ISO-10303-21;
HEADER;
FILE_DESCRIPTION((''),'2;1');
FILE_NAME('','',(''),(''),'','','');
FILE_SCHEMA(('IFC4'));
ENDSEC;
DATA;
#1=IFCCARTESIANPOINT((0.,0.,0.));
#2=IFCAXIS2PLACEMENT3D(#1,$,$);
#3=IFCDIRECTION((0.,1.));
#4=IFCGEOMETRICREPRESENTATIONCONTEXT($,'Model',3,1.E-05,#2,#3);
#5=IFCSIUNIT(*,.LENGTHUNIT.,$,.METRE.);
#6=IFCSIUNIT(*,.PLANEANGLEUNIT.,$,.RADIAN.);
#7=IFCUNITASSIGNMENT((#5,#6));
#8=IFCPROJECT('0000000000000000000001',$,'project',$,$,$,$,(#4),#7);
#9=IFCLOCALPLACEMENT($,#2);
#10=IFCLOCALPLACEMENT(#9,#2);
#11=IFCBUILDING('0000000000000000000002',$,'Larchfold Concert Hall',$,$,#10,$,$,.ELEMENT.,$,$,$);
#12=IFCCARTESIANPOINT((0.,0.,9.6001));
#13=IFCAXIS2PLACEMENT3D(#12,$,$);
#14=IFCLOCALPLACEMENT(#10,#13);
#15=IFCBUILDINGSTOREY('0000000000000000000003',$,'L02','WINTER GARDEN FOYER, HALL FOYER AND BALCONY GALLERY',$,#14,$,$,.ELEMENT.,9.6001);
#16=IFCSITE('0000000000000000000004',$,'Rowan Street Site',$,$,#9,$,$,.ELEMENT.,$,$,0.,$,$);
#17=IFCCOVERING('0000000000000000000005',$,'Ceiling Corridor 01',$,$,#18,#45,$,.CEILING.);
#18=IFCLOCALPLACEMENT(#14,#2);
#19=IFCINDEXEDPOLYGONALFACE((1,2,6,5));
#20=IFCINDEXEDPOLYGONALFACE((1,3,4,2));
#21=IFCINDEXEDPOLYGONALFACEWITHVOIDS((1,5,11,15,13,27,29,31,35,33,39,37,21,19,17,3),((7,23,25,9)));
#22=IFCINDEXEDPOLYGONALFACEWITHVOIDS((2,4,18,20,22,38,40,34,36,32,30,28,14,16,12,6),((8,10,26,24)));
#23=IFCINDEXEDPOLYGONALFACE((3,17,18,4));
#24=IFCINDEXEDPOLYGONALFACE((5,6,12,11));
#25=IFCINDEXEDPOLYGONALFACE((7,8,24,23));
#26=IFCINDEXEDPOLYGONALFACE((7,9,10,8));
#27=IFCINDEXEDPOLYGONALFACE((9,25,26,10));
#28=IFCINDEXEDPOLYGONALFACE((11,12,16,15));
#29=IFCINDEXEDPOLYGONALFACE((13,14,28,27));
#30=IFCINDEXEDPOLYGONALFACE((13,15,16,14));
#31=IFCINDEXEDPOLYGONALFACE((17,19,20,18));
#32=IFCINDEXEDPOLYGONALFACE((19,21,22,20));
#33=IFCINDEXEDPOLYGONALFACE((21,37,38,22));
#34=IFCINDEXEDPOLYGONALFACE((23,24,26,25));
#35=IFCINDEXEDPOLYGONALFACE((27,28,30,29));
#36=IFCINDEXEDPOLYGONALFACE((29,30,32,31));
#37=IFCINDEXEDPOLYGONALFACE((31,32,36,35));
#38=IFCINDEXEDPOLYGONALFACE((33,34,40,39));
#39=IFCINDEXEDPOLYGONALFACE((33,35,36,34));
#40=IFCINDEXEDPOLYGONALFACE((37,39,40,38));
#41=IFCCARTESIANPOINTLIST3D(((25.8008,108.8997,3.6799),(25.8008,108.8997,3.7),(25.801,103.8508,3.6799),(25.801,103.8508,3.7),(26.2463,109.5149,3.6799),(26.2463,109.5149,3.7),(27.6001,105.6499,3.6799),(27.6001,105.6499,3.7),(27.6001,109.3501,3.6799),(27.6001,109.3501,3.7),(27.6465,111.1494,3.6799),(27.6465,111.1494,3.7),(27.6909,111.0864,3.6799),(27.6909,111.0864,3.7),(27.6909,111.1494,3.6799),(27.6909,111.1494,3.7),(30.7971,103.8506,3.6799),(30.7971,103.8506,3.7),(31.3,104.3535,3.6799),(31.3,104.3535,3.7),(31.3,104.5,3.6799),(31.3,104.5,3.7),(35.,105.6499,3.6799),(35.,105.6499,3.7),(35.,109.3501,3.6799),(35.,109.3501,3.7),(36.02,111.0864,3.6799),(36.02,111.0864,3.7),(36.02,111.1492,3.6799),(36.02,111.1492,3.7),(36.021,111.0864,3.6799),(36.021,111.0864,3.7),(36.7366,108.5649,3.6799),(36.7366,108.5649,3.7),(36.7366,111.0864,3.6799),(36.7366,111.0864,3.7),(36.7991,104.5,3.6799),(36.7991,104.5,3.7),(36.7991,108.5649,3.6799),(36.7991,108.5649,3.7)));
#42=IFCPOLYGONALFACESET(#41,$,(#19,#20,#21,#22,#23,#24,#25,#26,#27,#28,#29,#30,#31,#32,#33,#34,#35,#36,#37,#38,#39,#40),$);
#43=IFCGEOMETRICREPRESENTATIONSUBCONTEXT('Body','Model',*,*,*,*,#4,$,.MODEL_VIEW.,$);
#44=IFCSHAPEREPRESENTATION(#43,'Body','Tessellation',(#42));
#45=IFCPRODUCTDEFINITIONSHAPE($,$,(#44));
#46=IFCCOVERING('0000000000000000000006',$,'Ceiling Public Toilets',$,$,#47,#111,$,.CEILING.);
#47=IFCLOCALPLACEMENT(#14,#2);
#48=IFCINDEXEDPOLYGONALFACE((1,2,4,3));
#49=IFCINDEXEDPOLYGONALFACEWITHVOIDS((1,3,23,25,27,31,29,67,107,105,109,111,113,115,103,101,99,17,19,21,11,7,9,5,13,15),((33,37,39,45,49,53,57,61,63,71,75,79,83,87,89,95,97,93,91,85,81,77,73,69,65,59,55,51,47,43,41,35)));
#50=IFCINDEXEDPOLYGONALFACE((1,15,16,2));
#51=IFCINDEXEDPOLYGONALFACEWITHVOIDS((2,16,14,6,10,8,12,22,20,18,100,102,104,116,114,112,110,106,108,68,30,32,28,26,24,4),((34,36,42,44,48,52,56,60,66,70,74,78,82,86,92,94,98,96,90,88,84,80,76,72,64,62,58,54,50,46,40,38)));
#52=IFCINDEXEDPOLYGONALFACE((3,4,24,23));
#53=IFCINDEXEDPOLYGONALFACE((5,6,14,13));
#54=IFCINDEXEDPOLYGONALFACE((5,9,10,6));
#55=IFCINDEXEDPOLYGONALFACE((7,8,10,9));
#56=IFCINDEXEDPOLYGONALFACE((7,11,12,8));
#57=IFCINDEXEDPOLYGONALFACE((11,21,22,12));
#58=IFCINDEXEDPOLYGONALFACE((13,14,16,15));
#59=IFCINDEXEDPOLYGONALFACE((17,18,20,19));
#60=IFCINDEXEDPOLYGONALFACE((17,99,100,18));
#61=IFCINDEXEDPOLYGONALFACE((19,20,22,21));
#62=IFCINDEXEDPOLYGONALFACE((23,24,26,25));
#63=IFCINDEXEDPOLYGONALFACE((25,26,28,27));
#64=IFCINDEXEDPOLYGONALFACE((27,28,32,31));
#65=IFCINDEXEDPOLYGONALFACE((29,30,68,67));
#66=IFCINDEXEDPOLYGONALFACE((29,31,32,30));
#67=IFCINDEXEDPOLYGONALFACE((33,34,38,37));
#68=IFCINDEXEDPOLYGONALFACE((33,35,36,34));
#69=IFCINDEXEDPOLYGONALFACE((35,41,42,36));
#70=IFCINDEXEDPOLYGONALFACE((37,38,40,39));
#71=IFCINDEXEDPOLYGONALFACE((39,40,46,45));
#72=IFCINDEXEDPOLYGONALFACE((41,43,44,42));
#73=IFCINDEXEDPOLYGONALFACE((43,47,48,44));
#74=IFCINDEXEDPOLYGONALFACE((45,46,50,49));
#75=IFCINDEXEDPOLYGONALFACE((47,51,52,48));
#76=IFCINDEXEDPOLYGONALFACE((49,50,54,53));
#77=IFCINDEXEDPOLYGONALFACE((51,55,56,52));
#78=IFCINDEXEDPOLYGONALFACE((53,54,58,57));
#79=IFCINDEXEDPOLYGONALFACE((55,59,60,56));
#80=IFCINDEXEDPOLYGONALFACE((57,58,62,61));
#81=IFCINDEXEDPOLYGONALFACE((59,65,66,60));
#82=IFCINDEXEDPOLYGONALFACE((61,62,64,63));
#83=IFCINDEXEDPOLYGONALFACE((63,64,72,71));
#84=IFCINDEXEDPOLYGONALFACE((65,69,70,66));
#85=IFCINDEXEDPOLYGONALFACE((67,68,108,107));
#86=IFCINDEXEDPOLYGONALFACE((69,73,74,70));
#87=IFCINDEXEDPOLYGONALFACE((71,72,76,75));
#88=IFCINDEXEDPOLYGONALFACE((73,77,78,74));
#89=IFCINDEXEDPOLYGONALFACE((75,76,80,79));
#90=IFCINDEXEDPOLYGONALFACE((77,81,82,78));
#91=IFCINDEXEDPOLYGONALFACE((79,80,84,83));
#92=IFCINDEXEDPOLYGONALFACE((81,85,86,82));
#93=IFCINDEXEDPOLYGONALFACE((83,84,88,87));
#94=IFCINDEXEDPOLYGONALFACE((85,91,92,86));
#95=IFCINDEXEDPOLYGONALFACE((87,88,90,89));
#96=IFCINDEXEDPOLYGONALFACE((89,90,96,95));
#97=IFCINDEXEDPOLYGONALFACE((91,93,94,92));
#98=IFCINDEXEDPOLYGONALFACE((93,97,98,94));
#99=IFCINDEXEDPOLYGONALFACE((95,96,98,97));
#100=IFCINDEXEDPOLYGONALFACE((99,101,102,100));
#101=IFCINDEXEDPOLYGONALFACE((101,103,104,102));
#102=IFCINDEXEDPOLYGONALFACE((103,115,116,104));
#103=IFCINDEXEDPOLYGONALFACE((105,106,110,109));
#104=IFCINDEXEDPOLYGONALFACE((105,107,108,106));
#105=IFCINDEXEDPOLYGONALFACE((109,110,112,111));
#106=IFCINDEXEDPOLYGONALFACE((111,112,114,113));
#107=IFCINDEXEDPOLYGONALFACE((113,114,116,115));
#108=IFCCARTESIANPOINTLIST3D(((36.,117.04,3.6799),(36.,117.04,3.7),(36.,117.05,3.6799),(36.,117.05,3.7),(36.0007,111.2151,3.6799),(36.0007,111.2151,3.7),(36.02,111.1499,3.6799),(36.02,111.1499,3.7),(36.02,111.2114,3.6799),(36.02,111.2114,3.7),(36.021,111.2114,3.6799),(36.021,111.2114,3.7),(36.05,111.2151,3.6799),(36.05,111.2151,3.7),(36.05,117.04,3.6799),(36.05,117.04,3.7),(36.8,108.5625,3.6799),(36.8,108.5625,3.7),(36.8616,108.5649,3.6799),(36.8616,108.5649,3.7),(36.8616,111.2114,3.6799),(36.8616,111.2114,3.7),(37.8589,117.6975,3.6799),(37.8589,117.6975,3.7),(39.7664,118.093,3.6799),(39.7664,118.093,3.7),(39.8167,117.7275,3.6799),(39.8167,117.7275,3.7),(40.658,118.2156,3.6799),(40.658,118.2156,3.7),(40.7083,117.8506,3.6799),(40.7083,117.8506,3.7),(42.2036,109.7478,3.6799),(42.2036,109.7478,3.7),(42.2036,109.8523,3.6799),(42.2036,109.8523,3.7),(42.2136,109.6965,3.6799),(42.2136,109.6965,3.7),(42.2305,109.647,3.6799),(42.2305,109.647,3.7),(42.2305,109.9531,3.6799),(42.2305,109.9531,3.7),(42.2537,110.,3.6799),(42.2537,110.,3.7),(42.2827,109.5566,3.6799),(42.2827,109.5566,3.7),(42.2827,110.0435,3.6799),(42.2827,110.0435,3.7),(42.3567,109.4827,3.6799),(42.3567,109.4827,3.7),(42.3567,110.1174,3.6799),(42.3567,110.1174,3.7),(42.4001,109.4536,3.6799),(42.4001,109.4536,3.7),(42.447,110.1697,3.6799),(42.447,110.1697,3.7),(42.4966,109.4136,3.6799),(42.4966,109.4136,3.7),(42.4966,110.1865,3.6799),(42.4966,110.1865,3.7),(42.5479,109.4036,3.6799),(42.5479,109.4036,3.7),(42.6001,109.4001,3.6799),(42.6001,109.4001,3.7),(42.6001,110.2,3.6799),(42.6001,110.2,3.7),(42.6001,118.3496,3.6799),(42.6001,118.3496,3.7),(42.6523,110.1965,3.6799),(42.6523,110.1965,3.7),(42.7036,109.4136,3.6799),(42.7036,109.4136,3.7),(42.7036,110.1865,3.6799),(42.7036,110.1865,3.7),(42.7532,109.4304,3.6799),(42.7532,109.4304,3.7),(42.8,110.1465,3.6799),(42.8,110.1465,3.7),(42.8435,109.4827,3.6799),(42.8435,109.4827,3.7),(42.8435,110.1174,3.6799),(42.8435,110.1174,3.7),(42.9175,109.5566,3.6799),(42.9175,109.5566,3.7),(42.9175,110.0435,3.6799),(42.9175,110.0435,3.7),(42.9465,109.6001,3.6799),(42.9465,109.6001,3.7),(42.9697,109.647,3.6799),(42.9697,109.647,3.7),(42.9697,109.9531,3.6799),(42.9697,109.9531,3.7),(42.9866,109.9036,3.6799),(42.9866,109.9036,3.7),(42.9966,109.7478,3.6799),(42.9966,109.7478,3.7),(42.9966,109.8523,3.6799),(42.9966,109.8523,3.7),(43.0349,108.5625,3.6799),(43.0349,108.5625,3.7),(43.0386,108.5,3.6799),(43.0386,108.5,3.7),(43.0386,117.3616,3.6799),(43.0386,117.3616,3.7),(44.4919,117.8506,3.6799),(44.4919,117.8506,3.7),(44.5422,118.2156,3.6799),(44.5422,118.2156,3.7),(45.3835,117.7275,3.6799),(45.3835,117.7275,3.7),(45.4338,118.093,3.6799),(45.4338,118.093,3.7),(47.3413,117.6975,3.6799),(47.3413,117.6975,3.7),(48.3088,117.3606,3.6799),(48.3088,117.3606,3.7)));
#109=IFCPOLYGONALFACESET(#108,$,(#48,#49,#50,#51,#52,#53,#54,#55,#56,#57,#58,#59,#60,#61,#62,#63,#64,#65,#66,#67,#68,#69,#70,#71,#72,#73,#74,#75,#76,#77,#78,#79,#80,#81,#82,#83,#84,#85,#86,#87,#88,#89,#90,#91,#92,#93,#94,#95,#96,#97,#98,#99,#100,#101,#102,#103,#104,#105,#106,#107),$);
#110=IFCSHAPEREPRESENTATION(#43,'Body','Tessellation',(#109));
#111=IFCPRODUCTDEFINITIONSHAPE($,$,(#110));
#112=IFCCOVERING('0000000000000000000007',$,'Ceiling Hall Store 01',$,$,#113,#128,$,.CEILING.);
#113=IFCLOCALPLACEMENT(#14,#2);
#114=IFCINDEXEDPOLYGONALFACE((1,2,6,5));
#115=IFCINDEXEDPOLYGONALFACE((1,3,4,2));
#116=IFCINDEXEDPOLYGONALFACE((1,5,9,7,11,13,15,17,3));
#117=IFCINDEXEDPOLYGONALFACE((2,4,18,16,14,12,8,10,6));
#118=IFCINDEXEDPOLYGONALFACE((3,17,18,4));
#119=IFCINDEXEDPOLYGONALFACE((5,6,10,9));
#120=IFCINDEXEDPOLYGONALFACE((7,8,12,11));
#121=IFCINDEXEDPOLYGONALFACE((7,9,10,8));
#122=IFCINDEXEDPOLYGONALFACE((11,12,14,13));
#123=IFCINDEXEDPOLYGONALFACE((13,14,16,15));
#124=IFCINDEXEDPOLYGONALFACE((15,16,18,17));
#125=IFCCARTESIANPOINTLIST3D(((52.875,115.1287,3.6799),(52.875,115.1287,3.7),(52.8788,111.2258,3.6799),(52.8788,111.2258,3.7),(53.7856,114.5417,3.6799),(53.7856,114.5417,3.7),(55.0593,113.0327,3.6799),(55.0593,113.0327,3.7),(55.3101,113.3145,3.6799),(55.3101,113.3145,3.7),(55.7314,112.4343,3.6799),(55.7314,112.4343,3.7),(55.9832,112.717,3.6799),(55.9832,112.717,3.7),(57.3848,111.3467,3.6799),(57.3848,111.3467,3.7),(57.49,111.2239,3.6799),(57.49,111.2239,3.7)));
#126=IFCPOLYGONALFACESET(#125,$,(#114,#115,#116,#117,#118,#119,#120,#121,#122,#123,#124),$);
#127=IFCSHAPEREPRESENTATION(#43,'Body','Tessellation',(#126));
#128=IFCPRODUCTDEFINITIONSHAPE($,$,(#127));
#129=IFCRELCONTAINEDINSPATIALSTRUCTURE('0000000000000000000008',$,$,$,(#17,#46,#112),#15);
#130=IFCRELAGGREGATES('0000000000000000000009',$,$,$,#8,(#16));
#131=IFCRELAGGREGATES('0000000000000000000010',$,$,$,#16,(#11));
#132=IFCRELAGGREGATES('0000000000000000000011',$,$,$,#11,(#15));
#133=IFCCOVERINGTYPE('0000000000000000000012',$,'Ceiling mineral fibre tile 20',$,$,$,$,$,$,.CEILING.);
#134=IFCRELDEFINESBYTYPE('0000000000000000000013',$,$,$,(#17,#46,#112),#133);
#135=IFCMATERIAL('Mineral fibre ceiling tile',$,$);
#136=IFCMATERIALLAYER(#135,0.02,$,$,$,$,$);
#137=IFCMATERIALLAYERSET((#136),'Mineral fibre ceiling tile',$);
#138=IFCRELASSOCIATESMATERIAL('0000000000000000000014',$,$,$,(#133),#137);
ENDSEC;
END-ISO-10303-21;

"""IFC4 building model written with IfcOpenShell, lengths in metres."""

from ifc_helpers import new_model, si_unit, direction, frame, origin, place, context, subcontext, project, spatial, polyline, outline, extrude, material, layer, layer_set, type_object, element, save


model = new_model("IFC4")

# Units and contexts
model_context = context("Model", 3, precision=1e-05, world=origin(), true_north=direction((0.0, 1.0)))
body_context = subcontext(model_context, "Body", "Model", "MODEL_VIEW")
ifc_project = project(units=[si_unit("LENGTHUNIT", "METRE"), si_unit("PLANEANGLEUNIT", "RADIAN")], contexts=[model_context])

# Site, building, storey
site_placement = place(None, origin())
site = spatial("IfcSite", under=ifc_project, at=site_placement, Name="Rowan Street Site", CompositionType="ELEMENT", RefElevation=0.0)
building_placement = place(site_placement, origin())
building = spatial("IfcBuilding", under=site, at=building_placement, Name="Larchfold Concert Hall", CompositionType="ELEMENT")
storey_placement = place(building_placement, frame((0.0, 0.0, 9.6001)))
storey = spatial("IfcBuildingStorey", under=building, at=storey_placement, Name="L02", Description="WINTER GARDEN FOYER, HALL FOYER AND BALCONY GALLERY", CompositionType="ELEMENT", Elevation=9.6001)

# Coverings
ifc_material_1 = material(Name="Mineral fibre ceiling tile")
ifc_layer_1 = layer(ifc_material_1, 0.02)
ifc_layer_set_1 = layer_set([ifc_layer_1], Name="Mineral fibre ceiling tile")
covering_type_1 = type_object("IfcCoveringType", Name="Ceiling mineral fibre tile 20", PredefinedType="CEILING", material=ifc_layer_set_1)
covering_1_placement = place(storey_placement, frame((0.0, 0.0, 3.6799)))
element("IfcCovering", 1, at=covering_1_placement, inside=storey, type_object=covering_type_1, Name="Ceiling Corridor 01", PredefinedType="CEILING", context=body_context, shape_type="SweptSolid", body=[
    extrude(outline(polyline([(27.6909, 111.1494), (27.6465, 111.1494), (26.2463, 109.5149), (25.8008, 108.8997), (25.801, 103.8508), (30.7971, 103.8506), (31.3, 104.3535), (31.3, 104.5), (36.7991, 104.5), (36.7991, 108.5649), (36.7366, 108.5649), (36.7366, 111.0864), (36.021, 111.0864), (36.02, 111.1492), (36.02, 111.0864), (27.6909, 111.0864), (27.6909, 111.1494)]), holes=[polyline([(27.6001, 109.3501), (35.0, 109.3501), (35.0, 105.6499), (27.6001, 105.6499), (27.6001, 109.3501)])]), origin(), (0.0, 0.0, 1.0), 0.02),
])
covering_2_placement = place(storey_placement, frame((0.0, 0.0, 3.6799)))
element("IfcCovering", 2, at=covering_2_placement, inside=storey, type_object=covering_type_1, Name="Ceiling Public Toilets", PredefinedType="CEILING", context=body_context, shape_type="SweptSolid", body=[
    extrude(outline(polyline([(36.0007, 111.2151), (36.02, 111.2114), (36.02, 111.1499), (36.021, 111.2114), (36.8616, 111.2114), (36.8616, 108.5649), (36.8, 108.5625), (43.0349, 108.5625), (43.0386, 108.5), (43.0386, 117.3616), (48.3088, 117.3606), (47.3413, 117.6975), (45.4338, 118.093), (45.3835, 117.7275), (44.4919, 117.8506), (44.5422, 118.2156), (42.6001, 118.3496), (40.658, 118.2156), (40.7083, 117.8506), (39.8167, 117.7275), (39.7664, 118.093), (37.8589, 117.6975), (36.0, 117.05), (36.0, 117.04), (36.05, 117.04), (36.05, 111.2151), (36.0007, 111.2151)]), holes=[polyline([(42.4966, 109.4136), (42.4001, 109.4536), (42.3567, 109.4827), (42.2827, 109.5566), (42.2305, 109.647), (42.2136, 109.6965), (42.2036, 109.7478), (42.2036, 109.8523), (42.2305, 109.9531), (42.2537, 110.0), (42.2827, 110.0435), (42.3567, 110.1174), (42.447, 110.1697), (42.4966, 110.1865), (42.6001, 110.2), (42.6523, 110.1965), (42.7036, 110.1865), (42.8, 110.1465), (42.8435, 110.1174), (42.9175, 110.0435), (42.9697, 109.9531), (42.9866, 109.9036), (42.9966, 109.8523), (42.9966, 109.7478), (42.9697, 109.647), (42.9465, 109.6001), (42.9175, 109.5566), (42.8435, 109.4827), (42.7532, 109.4304), (42.7036, 109.4136), (42.6001, 109.4001), (42.5479, 109.4036), (42.4966, 109.4136)])]), origin(), (0.0, 0.0, 1.0), 0.02),
])
covering_3_placement = place(storey_placement, frame((0.0, 0.0, 3.6799)))
element("IfcCovering", 3, at=covering_3_placement, inside=storey, type_object=covering_type_1, Name="Ceiling Hall Store 01", PredefinedType="CEILING", context=body_context, shape_type="SweptSolid", body=[
    extrude(outline(polyline([(52.8789, 111.1501), (52.8789, 111.2258), (57.49, 111.2239), (57.3848, 111.3467), (55.9832, 112.717), (55.7314, 112.4343), (55.0593, 113.0327), (55.3101, 113.3145), (53.7856, 114.5417), (52.875, 115.1287), (52.8789, 111.1501)])), origin(), (0.0, 0.0, 1.0), 0.02),
])

save(model, "model.ifc")
